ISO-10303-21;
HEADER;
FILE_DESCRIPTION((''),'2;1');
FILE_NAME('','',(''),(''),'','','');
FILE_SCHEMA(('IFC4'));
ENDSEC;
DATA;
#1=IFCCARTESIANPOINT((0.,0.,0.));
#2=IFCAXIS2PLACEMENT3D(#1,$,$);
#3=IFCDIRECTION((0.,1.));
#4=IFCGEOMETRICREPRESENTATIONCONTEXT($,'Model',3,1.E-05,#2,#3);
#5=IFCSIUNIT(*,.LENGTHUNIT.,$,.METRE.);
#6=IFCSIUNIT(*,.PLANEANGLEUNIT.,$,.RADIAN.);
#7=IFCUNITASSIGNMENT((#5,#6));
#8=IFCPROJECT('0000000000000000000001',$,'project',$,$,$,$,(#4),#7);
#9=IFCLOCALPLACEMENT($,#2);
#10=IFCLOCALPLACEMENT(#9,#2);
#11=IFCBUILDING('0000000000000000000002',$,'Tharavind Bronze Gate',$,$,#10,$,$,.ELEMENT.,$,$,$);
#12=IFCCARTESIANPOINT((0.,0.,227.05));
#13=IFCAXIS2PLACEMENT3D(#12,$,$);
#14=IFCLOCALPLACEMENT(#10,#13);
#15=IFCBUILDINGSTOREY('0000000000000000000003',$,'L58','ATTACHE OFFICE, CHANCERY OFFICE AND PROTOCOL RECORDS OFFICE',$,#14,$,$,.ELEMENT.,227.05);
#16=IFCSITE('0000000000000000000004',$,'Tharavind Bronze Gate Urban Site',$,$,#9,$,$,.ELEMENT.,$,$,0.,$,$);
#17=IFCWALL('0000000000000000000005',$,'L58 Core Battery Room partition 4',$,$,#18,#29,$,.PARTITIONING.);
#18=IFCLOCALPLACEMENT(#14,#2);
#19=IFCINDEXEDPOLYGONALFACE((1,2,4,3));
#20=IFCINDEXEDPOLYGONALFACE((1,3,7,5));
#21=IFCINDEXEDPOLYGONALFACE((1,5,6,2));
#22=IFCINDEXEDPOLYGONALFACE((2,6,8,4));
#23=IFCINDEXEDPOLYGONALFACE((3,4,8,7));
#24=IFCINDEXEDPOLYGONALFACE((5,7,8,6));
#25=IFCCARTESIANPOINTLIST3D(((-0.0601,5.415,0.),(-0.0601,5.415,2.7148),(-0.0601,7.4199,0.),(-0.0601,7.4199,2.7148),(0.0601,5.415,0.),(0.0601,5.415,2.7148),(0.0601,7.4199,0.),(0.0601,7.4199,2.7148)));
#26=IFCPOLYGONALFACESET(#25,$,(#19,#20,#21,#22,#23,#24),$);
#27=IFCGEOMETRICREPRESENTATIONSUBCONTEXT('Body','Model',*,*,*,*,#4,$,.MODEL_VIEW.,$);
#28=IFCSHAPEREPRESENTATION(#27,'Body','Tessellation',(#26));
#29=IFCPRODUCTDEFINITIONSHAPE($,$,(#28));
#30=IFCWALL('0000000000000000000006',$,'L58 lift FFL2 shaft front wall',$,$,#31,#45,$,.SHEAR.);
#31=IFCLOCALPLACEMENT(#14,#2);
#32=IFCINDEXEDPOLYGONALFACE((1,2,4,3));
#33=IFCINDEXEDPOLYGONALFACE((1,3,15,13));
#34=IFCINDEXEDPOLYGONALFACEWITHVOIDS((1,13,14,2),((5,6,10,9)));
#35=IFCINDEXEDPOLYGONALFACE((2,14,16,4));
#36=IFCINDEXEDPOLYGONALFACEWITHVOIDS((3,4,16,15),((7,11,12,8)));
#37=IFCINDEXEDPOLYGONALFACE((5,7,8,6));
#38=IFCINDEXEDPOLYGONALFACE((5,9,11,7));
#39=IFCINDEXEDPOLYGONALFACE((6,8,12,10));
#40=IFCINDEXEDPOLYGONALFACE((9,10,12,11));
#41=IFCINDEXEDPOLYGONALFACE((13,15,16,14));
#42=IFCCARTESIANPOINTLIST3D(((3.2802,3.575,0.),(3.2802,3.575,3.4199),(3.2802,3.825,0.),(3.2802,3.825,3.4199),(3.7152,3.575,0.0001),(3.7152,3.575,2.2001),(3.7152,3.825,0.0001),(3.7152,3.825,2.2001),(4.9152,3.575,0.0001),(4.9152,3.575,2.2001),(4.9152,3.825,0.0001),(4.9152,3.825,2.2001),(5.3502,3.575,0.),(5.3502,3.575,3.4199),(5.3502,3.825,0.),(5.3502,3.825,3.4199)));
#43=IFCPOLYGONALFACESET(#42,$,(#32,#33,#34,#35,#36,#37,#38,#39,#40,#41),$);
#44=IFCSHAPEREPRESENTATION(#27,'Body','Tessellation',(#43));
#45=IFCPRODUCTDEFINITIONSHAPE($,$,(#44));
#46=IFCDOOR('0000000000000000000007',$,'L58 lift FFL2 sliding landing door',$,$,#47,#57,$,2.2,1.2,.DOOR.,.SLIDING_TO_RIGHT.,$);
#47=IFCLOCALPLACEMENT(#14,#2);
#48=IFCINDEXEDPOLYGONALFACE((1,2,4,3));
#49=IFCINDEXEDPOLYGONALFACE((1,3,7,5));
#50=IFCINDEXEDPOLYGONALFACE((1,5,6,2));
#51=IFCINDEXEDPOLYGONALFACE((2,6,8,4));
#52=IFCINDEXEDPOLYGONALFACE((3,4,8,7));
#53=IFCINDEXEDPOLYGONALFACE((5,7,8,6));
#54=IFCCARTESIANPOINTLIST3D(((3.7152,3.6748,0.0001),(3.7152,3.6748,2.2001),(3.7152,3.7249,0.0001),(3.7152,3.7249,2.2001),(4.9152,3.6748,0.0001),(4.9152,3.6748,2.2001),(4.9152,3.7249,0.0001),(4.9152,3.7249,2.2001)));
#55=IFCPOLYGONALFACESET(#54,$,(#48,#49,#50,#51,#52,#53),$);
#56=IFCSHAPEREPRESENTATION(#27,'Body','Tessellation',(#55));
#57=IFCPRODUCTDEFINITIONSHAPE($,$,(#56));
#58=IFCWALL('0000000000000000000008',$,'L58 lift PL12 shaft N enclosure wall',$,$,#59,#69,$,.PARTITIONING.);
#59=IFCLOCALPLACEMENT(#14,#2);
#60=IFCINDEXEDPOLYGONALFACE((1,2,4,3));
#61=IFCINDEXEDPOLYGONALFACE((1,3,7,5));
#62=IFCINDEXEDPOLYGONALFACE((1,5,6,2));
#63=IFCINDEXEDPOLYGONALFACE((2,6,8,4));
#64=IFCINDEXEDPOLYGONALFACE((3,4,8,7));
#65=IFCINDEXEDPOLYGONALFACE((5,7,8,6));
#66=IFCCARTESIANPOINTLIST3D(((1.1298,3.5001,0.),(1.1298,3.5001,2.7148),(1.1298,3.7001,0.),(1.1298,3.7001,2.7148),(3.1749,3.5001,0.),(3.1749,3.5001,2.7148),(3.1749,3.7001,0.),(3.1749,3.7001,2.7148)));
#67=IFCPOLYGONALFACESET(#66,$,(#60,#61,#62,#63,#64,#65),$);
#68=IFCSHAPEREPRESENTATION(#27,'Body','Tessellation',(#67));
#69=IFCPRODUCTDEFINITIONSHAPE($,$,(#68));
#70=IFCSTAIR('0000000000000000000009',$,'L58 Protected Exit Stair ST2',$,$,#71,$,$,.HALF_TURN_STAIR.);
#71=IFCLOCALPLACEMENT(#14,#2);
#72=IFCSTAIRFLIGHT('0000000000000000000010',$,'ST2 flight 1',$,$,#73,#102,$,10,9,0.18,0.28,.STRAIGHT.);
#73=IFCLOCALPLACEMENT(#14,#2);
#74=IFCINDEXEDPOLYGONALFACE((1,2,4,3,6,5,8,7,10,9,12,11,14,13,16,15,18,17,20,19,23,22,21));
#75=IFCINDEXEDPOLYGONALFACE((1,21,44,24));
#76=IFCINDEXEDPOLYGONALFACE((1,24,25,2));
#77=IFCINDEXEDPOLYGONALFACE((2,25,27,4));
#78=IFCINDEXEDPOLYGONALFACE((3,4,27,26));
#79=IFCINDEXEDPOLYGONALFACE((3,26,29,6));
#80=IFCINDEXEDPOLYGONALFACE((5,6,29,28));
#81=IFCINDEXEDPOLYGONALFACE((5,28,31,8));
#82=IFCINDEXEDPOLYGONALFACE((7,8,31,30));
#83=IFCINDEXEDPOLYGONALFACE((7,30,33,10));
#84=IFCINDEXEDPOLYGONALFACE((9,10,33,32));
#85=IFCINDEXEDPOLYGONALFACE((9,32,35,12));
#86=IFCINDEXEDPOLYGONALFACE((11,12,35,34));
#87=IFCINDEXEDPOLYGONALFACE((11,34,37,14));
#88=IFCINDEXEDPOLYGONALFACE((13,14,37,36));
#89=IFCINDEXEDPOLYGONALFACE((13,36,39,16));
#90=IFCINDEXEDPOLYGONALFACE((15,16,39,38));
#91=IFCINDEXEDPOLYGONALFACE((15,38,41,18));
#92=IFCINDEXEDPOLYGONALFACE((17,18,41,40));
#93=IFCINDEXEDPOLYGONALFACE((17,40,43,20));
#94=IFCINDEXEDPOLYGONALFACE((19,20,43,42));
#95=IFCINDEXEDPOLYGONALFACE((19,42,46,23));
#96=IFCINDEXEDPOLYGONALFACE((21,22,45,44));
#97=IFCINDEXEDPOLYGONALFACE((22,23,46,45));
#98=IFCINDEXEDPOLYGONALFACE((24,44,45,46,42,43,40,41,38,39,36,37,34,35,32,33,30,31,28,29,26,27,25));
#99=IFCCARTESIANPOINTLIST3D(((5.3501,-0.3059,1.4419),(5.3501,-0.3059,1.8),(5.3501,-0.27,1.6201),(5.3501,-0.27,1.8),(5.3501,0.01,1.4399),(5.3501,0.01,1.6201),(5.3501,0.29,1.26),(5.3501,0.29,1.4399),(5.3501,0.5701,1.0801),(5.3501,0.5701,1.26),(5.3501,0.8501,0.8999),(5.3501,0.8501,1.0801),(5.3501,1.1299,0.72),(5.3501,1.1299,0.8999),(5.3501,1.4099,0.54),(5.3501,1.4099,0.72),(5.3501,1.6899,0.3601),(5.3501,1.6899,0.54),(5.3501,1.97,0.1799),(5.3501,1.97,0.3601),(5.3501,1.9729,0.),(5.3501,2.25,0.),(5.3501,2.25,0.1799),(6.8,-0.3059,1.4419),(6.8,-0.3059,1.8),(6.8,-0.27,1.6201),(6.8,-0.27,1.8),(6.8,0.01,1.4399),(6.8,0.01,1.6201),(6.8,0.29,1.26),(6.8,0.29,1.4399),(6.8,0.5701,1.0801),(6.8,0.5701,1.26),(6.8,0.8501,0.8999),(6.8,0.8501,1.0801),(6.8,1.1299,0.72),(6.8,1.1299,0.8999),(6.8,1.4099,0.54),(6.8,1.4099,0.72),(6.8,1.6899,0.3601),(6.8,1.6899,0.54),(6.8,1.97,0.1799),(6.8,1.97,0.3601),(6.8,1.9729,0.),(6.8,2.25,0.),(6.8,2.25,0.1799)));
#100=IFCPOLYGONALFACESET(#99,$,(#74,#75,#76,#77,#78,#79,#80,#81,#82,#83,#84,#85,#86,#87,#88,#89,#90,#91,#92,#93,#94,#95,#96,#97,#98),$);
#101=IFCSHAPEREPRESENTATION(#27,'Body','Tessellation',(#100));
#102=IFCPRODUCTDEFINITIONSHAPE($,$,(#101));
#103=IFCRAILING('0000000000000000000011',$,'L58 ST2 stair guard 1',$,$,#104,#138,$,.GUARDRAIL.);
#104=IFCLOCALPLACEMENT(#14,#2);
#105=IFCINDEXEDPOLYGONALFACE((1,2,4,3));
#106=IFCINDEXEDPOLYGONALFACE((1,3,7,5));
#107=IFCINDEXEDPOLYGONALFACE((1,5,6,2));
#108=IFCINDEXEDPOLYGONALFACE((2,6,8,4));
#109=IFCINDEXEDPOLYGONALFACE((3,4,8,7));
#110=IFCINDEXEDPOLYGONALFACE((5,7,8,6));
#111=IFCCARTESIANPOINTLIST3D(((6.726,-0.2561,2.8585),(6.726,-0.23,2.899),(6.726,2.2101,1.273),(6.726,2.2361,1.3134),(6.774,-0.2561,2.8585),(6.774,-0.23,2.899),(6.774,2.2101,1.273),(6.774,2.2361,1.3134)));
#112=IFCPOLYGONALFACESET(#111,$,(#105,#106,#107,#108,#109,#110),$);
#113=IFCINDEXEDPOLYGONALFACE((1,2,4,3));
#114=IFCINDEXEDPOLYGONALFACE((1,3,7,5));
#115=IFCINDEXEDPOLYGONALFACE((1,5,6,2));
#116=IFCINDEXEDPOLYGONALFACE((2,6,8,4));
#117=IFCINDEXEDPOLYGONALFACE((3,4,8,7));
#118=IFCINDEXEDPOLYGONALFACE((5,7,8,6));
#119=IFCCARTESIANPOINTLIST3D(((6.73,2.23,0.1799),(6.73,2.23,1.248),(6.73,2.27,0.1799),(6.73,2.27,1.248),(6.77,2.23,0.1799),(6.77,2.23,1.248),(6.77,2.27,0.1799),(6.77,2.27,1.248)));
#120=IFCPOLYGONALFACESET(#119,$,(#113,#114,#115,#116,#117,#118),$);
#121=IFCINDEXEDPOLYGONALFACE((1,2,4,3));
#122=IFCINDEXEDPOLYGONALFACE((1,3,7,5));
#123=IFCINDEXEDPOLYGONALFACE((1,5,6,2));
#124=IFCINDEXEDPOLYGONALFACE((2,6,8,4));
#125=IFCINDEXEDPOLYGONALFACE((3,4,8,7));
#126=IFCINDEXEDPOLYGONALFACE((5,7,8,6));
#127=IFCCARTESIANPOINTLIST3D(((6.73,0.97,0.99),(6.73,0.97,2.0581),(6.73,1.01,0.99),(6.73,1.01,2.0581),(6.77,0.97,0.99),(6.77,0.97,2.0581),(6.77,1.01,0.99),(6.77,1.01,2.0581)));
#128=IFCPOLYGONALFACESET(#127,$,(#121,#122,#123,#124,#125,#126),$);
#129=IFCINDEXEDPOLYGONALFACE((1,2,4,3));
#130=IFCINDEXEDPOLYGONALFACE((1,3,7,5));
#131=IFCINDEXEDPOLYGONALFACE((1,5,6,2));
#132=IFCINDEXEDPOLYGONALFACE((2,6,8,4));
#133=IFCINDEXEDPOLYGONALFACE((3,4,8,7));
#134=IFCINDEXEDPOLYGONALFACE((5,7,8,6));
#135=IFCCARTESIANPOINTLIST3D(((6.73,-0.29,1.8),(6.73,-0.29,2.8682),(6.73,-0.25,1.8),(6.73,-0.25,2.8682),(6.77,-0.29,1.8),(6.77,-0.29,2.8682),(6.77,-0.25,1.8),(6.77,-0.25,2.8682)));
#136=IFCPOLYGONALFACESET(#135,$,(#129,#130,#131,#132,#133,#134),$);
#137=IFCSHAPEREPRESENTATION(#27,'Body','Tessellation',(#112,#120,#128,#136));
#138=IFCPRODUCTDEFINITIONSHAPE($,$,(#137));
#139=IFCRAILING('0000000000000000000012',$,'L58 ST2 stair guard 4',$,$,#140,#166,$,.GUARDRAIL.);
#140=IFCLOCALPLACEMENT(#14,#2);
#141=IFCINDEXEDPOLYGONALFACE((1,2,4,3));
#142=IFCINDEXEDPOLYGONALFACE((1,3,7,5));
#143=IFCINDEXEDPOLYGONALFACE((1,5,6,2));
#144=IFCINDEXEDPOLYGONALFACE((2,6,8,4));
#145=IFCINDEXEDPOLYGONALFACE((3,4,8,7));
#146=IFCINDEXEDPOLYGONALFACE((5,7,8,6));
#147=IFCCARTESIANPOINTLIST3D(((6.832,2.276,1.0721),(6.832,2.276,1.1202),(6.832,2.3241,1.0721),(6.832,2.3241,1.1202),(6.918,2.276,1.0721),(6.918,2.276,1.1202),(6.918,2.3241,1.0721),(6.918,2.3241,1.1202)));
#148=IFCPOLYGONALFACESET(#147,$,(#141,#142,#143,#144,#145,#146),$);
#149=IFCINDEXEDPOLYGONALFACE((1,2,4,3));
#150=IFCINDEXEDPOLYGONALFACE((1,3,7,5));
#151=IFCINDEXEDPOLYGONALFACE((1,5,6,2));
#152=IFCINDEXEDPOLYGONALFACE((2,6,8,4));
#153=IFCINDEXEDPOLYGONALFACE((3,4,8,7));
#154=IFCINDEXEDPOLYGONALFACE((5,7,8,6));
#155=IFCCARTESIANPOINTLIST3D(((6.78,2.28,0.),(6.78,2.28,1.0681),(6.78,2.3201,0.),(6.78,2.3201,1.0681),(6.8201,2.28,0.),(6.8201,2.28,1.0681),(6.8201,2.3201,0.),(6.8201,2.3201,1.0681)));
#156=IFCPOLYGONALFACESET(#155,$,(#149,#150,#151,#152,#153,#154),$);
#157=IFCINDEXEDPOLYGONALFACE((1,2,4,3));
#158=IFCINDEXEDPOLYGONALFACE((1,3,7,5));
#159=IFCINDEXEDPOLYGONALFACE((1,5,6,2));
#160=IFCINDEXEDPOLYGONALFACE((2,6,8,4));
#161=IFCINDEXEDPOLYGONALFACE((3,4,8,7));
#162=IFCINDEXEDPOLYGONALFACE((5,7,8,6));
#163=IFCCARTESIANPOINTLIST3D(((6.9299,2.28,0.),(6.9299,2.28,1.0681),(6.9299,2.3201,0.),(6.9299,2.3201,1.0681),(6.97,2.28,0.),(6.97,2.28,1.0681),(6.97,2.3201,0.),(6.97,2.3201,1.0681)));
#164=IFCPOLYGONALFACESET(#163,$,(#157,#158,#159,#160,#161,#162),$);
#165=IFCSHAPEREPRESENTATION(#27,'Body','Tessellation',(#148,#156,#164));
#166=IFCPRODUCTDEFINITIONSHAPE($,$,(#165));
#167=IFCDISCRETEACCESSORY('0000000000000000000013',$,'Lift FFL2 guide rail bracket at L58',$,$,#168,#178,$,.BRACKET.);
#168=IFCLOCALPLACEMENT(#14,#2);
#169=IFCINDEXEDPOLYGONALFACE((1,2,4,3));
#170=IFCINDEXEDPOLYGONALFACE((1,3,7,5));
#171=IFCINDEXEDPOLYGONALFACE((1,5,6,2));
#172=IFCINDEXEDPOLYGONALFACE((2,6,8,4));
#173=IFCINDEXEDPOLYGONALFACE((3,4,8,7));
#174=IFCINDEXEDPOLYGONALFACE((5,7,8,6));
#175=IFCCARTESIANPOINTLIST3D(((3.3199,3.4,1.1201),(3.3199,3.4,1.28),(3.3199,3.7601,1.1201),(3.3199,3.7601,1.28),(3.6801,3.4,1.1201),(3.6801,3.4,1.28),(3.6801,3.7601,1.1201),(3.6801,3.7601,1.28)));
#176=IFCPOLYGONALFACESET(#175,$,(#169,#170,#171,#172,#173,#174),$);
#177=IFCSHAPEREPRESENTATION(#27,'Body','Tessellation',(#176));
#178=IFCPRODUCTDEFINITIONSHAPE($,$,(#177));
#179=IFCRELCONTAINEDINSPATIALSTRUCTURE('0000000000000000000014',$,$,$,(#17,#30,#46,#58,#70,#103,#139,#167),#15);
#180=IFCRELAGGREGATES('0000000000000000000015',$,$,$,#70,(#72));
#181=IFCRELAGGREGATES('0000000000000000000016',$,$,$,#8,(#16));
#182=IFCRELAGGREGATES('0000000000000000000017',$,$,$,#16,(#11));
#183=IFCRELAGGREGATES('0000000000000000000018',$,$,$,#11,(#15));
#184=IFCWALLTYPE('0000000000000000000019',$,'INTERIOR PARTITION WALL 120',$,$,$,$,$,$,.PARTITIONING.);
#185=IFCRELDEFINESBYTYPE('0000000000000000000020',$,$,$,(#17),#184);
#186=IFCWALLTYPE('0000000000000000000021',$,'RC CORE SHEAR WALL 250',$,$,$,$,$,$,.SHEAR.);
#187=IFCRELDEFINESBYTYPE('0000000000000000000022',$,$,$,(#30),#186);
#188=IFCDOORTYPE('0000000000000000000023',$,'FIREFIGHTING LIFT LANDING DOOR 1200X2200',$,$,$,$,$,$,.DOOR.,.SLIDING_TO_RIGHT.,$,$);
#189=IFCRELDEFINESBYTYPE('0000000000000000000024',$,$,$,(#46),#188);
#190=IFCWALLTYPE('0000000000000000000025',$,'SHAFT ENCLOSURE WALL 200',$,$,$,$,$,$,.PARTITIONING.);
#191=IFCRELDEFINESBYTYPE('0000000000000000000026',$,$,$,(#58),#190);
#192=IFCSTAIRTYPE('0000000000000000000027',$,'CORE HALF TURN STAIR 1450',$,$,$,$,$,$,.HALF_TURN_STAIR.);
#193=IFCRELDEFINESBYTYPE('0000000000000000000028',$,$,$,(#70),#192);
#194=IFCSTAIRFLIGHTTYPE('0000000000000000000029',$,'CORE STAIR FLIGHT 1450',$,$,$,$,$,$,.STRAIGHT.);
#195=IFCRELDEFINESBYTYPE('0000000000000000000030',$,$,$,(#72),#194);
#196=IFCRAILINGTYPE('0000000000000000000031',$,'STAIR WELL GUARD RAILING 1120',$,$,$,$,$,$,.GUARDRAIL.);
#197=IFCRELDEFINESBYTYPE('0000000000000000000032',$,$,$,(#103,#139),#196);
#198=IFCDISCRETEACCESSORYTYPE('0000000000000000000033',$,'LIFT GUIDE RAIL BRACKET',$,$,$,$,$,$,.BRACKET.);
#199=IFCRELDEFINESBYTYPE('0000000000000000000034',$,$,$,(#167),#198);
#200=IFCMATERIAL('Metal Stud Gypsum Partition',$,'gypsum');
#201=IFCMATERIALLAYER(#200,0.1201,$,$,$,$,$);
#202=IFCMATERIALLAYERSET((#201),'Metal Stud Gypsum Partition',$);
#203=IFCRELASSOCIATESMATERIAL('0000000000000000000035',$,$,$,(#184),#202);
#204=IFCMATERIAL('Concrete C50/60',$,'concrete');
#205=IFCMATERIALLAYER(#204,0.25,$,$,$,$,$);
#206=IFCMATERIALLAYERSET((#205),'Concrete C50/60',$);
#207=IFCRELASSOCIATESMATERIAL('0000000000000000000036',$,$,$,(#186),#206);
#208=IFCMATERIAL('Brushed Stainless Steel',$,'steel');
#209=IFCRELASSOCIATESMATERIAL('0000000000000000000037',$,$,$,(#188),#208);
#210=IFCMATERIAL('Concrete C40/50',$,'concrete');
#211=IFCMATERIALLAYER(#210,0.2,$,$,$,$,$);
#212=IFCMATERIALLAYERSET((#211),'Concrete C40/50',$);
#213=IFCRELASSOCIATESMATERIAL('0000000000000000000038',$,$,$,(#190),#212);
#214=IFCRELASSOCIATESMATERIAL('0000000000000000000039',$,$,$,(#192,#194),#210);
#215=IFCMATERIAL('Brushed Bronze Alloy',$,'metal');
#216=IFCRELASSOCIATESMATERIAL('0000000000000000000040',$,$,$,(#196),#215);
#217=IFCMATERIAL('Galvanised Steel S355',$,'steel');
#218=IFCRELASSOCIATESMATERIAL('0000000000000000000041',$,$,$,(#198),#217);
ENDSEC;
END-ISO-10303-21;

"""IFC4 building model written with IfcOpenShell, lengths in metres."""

from ifc_helpers import new_model, si_unit, direction, frame, frame_2d, origin, origin_2d, place, context, subcontext, project, spatial, polyline, rectangle, outline, extrude, material, layer, layer_set, type_object, element, fill, aggregate, save


model = new_model("IFC4")

# Units and contexts
model_context = context("Model", 3, precision=1e-05, world=origin(), true_north=direction((0.0, 1.0)))
body_context = subcontext(model_context, "Body", "Model", "MODEL_VIEW")
ifc_project = project(units=[si_unit("LENGTHUNIT", "METRE"), si_unit("PLANEANGLEUNIT", "RADIAN")], contexts=[model_context])

# Site, building, storey
site_placement = place(None, origin())
site = spatial("IfcSite", under=ifc_project, at=site_placement, Name="Tharavind Bronze Gate Urban Site", CompositionType="ELEMENT", RefElevation=0.0)
building_placement = place(site_placement, origin())
building = spatial("IfcBuilding", under=site, at=building_placement, Name="Tharavind Bronze Gate", CompositionType="ELEMENT")
storey_placement = place(building_placement, frame((0.0, 0.0, 227.05)))
storey = spatial("IfcBuildingStorey", under=building, at=storey_placement, Name="L58", Description="ATTACHE OFFICE, CHANCERY OFFICE AND PROTOCOL RECORDS OFFICE", CompositionType="ELEMENT", Elevation=227.05)

# Shared definitions
ifc_material_1 = material(Name="Concrete C50/60", Category="concrete")

# Wall
ifc_material_2 = material(Name="Metal Stud Gypsum Partition", Category="gypsum")
ifc_layer_1 = layer(ifc_material_2, 0.1201)
ifc_layer_set_1 = layer_set([ifc_layer_1], Name="Metal Stud Gypsum Partition")
wall_type_1 = type_object("IfcWallType", Name="INTERIOR PARTITION WALL 120", PredefinedType="PARTITIONING", material=ifc_layer_set_1)
wall_1_placement = place(storey_placement, frame((0.0, 7.4199, 0.0), z_axis=(0.0, 0.0, 1.0), x_axis=(0.0, -1.0, 0.0)))
element("IfcWall", 1, at=wall_1_placement, inside=storey, type_object=wall_type_1, Name="L58 Core Battery Room partition 4", PredefinedType="PARTITIONING", context=body_context, shape_type="SweptSolid", body=[
    extrude(rectangle(XDim=2.0049, YDim=0.1201, at=frame_2d((1.0024, 0.0))), origin(), (0.0, 0.0, 1.0), 2.7148),
])

# Wall, opening, door
ifc_layer_2 = layer(ifc_material_1, 0.25)
ifc_layer_set_2 = layer_set([ifc_layer_2], Name="Concrete C50/60")
wall_type_2 = type_object("IfcWallType", Name="RC CORE SHEAR WALL 250", PredefinedType="SHEAR", material=ifc_layer_set_2)
wall_2_placement = place(storey_placement, frame((3.28, 3.7, 0.0), z_axis=(0.0, 0.0, 1.0), x_axis=(1.0, 0.0, 0.0)))
wall_2 = element("IfcWall", 2, at=wall_2_placement, inside=storey, type_object=wall_type_2, Name="L58 lift FFL2 shaft front wall", PredefinedType="SHEAR", context=body_context, shape_type="SweptSolid", body=[
    extrude(rectangle(XDim=2.0701, YDim=0.25, at=frame_2d((1.0352, 0.0))), origin(), (0.0, 0.0, 1.0), 3.4199),
])
opening_1_placement = place(wall_2_placement, frame((0.4351, 0.0, 0.0)))
opening_1 = element("IfcOpeningElement", 3, at=opening_1_placement, cuts=wall_2, PredefinedType="OPENING", context=body_context, shape_type="SweptSolid", body=[
    extrude(rectangle(XDim=1.2, YDim=2.2, at=frame_2d((0.6001, 1.1001))), frame((0.0, 0.135, 0.0), z_axis=(0.0, -1.0, 0.0), x_axis=(1.0, 0.0, 0.0)), (0.0, 0.0, 1.0), 0.27),
])
ifc_material_3 = material(Name="Brushed Stainless Steel", Category="steel")
door_type_1 = type_object("IfcDoorType", Name="FIREFIGHTING LIFT LANDING DOOR 1200X2200", OperationType="SLIDING_TO_RIGHT", PredefinedType="DOOR", material=ifc_material_3)
door_1_placement = place(opening_1_placement, origin())
door_1 = element("IfcDoor", 4, at=door_1_placement, inside=storey, type_object=door_type_1, Name="L58 lift FFL2 sliding landing door", OperationType="SLIDING_TO_RIGHT", OverallHeight=2.2, OverallWidth=1.2, PredefinedType="DOOR", context=body_context, shape_type="SweptSolid", body=[
    extrude(rectangle(XDim=1.2, YDim=2.2, at=frame_2d((0.6001, 1.1001))), frame((0.0, 0.0249, 0.0), z_axis=(0.0, -1.0, 0.0), x_axis=(1.0, 0.0, 0.0)), (0.0, 0.0, 1.0), 0.05),
])
fill(opening_1, door_1)

# Wall
ifc_material_4 = material(Name="Concrete C40/50", Category="concrete")
ifc_layer_3 = layer(ifc_material_4, 0.2)
ifc_layer_set_3 = layer_set([ifc_layer_3], Name="Concrete C40/50")
wall_type_3 = type_object("IfcWallType", Name="SHAFT ENCLOSURE WALL 200", PredefinedType="PARTITIONING", material=ifc_layer_set_3)
wall_3_placement = place(storey_placement, frame((1.1299, 3.6001, 0.0), z_axis=(0.0, 0.0, 1.0), x_axis=(1.0, 0.0, 0.0)))
element("IfcWall", 5, at=wall_3_placement, inside=storey, type_object=wall_type_3, Name="L58 lift PL12 shaft N enclosure wall", PredefinedType="PARTITIONING", context=body_context, shape_type="SweptSolid", body=[
    extrude(rectangle(XDim=2.0452, YDim=0.2, at=frame_2d((1.0225, 0.0))), origin(), (0.0, 0.0, 1.0), 2.7148),
])

# Stair, stair flight
stair_type = type_object("IfcStairType", Name="CORE HALF TURN STAIR 1450", PredefinedType="HALF_TURN_STAIR", material=ifc_material_4)
stair_placement = place(storey_placement, origin())
stair = element("IfcStair", 6, at=stair_placement, inside=storey, type_object=stair_type, Name="L58 Protected Exit Stair ST2", PredefinedType="HALF_TURN_STAIR")
stair_flight_type = type_object("IfcStairFlightType", Name="CORE STAIR FLIGHT 1450", PredefinedType="STRAIGHT", material=ifc_material_4)
stair_flight_placement = place(storey_placement, frame((6.075, 2.25, 0.0), z_axis=(0.0, 0.0, 1.0), x_axis=(0.0, -1.0, 0.0)))
stair_flight = element("IfcStairFlight", 7, at=stair_flight_placement, type_object=stair_flight_type, Name="ST2 flight 1", NumberOfRisers=10, NumberOfTreads=9, PredefinedType="STRAIGHT", RiserHeight=0.18, TreadLength=0.28, context=body_context, shape_type="SweptSolid", body=[
    extrude(outline(polyline([(0.0, 0.0), (0.0, 0.1799), (0.28, 0.1799), (0.28, 0.3601), (0.5601, 0.3601), (0.5601, 0.54), (0.8401, 0.54), (0.8401, 0.72), (1.1201, 0.72), (1.1201, 0.8999), (1.3999, 0.8999), (1.3999, 1.0801), (1.6799, 1.0801), (1.6799, 1.26), (1.96, 1.26), (1.96, 1.4399), (2.24, 1.4399), (2.24, 1.6201), (2.52, 1.6201), (2.52, 1.8), (2.5559, 1.8), (2.5559, 1.4419), (0.2771, 0.0), (0.0, 0.0)])), frame((0.0, 0.7251, 0.0), z_axis=(0.0, -1.0, 0.0), x_axis=(1.0, 0.0, 0.0)), (0.0, 0.0, 1.0), 1.45),
])
aggregate(stair, [stair_flight])

# Railings
ifc_material_5 = material(Name="Brushed Bronze Alloy", Category="metal")
railing_type = type_object("IfcRailingType", Name="STAIR WELL GUARD RAILING 1120", PredefinedType="GUARDRAIL", material=ifc_material_5)
railing_1_placement = place(storey_placement, frame((6.75, 2.25, 0.1799)))
element("IfcRailing", 8, at=railing_1_placement, inside=storey, type_object=railing_type, Name="L58 ST2 stair guard 1", PredefinedType="GUARDRAIL", context=body_context, shape_type="SweptSolid", body=[
    extrude(rectangle(XDim=0.0481, YDim=0.0481, at=origin_2d()), frame((0.0, -0.0269, 1.1133), z_axis=(0.0, -0.841163, 0.540782), x_axis=(1.0, 0.0, 0.0)), (0.0, 0.0, 1.0), 2.9319),
    extrude(rectangle(XDim=0.04, YDim=0.04, at=origin_2d()), origin(), (0.0, 0.0, 1.0), 1.0681),
    extrude(rectangle(XDim=0.04, YDim=0.04, at=origin_2d()), frame((0.0, -1.26, 0.8101)), (0.0, 0.0, 1.0), 1.0681),
    extrude(rectangle(XDim=0.04, YDim=0.04, at=origin_2d()), frame((0.0, -2.52, 1.6201)), (0.0, 0.0, 1.0), 1.0681),
])
railing_2_placement = place(storey_placement, frame((6.8, 2.3, 0.0)))
element("IfcRailing", 9, at=railing_2_placement, inside=storey, type_object=railing_type, Name="L58 ST2 stair guard 4", PredefinedType="GUARDRAIL", context=body_context, shape_type="SweptSolid", body=[
    extrude(rectangle(XDim=0.0481, YDim=0.0481, at=origin_2d()), frame((0.032, 0.0, 1.0962), z_axis=(1.0, 0.0, 0.0), x_axis=(0.0, 1.0, 0.0)), (0.0, 0.0, 1.0), 0.0859),
    extrude(rectangle(XDim=0.04, YDim=0.04, at=origin_2d()), origin(), (0.0, 0.0, 1.0), 1.0681),
    extrude(rectangle(XDim=0.04, YDim=0.04, at=origin_2d()), frame((0.1499, 0.0, 0.0)), (0.0, 0.0, 1.0), 1.0681),
])

# Discrete accessory
ifc_material_6 = material(Name="Galvanised Steel S355", Category="steel")
discrete_accessory_type = type_object("IfcDiscreteAccessoryType", Name="LIFT GUIDE RAIL BRACKET", PredefinedType="BRACKET", material=ifc_material_6)
discrete_accessory_placement = place(storey_placement, frame((3.5, 3.5801, 1.1201), z_axis=(0.0, 0.0, 1.0), x_axis=(1.0, 0.0, 0.0)))
element("IfcDiscreteAccessory", 10, at=discrete_accessory_placement, inside=storey, type_object=discrete_accessory_type, Name="Lift FFL2 guide rail bracket at L58", PredefinedType="BRACKET", context=body_context, shape_type="SweptSolid", body=[
    extrude(rectangle(XDim=0.3601, YDim=0.3601, at=origin_2d()), origin(), (0.0, 0.0, 1.0), 0.1599),
])

save(model, "model.ifc")
